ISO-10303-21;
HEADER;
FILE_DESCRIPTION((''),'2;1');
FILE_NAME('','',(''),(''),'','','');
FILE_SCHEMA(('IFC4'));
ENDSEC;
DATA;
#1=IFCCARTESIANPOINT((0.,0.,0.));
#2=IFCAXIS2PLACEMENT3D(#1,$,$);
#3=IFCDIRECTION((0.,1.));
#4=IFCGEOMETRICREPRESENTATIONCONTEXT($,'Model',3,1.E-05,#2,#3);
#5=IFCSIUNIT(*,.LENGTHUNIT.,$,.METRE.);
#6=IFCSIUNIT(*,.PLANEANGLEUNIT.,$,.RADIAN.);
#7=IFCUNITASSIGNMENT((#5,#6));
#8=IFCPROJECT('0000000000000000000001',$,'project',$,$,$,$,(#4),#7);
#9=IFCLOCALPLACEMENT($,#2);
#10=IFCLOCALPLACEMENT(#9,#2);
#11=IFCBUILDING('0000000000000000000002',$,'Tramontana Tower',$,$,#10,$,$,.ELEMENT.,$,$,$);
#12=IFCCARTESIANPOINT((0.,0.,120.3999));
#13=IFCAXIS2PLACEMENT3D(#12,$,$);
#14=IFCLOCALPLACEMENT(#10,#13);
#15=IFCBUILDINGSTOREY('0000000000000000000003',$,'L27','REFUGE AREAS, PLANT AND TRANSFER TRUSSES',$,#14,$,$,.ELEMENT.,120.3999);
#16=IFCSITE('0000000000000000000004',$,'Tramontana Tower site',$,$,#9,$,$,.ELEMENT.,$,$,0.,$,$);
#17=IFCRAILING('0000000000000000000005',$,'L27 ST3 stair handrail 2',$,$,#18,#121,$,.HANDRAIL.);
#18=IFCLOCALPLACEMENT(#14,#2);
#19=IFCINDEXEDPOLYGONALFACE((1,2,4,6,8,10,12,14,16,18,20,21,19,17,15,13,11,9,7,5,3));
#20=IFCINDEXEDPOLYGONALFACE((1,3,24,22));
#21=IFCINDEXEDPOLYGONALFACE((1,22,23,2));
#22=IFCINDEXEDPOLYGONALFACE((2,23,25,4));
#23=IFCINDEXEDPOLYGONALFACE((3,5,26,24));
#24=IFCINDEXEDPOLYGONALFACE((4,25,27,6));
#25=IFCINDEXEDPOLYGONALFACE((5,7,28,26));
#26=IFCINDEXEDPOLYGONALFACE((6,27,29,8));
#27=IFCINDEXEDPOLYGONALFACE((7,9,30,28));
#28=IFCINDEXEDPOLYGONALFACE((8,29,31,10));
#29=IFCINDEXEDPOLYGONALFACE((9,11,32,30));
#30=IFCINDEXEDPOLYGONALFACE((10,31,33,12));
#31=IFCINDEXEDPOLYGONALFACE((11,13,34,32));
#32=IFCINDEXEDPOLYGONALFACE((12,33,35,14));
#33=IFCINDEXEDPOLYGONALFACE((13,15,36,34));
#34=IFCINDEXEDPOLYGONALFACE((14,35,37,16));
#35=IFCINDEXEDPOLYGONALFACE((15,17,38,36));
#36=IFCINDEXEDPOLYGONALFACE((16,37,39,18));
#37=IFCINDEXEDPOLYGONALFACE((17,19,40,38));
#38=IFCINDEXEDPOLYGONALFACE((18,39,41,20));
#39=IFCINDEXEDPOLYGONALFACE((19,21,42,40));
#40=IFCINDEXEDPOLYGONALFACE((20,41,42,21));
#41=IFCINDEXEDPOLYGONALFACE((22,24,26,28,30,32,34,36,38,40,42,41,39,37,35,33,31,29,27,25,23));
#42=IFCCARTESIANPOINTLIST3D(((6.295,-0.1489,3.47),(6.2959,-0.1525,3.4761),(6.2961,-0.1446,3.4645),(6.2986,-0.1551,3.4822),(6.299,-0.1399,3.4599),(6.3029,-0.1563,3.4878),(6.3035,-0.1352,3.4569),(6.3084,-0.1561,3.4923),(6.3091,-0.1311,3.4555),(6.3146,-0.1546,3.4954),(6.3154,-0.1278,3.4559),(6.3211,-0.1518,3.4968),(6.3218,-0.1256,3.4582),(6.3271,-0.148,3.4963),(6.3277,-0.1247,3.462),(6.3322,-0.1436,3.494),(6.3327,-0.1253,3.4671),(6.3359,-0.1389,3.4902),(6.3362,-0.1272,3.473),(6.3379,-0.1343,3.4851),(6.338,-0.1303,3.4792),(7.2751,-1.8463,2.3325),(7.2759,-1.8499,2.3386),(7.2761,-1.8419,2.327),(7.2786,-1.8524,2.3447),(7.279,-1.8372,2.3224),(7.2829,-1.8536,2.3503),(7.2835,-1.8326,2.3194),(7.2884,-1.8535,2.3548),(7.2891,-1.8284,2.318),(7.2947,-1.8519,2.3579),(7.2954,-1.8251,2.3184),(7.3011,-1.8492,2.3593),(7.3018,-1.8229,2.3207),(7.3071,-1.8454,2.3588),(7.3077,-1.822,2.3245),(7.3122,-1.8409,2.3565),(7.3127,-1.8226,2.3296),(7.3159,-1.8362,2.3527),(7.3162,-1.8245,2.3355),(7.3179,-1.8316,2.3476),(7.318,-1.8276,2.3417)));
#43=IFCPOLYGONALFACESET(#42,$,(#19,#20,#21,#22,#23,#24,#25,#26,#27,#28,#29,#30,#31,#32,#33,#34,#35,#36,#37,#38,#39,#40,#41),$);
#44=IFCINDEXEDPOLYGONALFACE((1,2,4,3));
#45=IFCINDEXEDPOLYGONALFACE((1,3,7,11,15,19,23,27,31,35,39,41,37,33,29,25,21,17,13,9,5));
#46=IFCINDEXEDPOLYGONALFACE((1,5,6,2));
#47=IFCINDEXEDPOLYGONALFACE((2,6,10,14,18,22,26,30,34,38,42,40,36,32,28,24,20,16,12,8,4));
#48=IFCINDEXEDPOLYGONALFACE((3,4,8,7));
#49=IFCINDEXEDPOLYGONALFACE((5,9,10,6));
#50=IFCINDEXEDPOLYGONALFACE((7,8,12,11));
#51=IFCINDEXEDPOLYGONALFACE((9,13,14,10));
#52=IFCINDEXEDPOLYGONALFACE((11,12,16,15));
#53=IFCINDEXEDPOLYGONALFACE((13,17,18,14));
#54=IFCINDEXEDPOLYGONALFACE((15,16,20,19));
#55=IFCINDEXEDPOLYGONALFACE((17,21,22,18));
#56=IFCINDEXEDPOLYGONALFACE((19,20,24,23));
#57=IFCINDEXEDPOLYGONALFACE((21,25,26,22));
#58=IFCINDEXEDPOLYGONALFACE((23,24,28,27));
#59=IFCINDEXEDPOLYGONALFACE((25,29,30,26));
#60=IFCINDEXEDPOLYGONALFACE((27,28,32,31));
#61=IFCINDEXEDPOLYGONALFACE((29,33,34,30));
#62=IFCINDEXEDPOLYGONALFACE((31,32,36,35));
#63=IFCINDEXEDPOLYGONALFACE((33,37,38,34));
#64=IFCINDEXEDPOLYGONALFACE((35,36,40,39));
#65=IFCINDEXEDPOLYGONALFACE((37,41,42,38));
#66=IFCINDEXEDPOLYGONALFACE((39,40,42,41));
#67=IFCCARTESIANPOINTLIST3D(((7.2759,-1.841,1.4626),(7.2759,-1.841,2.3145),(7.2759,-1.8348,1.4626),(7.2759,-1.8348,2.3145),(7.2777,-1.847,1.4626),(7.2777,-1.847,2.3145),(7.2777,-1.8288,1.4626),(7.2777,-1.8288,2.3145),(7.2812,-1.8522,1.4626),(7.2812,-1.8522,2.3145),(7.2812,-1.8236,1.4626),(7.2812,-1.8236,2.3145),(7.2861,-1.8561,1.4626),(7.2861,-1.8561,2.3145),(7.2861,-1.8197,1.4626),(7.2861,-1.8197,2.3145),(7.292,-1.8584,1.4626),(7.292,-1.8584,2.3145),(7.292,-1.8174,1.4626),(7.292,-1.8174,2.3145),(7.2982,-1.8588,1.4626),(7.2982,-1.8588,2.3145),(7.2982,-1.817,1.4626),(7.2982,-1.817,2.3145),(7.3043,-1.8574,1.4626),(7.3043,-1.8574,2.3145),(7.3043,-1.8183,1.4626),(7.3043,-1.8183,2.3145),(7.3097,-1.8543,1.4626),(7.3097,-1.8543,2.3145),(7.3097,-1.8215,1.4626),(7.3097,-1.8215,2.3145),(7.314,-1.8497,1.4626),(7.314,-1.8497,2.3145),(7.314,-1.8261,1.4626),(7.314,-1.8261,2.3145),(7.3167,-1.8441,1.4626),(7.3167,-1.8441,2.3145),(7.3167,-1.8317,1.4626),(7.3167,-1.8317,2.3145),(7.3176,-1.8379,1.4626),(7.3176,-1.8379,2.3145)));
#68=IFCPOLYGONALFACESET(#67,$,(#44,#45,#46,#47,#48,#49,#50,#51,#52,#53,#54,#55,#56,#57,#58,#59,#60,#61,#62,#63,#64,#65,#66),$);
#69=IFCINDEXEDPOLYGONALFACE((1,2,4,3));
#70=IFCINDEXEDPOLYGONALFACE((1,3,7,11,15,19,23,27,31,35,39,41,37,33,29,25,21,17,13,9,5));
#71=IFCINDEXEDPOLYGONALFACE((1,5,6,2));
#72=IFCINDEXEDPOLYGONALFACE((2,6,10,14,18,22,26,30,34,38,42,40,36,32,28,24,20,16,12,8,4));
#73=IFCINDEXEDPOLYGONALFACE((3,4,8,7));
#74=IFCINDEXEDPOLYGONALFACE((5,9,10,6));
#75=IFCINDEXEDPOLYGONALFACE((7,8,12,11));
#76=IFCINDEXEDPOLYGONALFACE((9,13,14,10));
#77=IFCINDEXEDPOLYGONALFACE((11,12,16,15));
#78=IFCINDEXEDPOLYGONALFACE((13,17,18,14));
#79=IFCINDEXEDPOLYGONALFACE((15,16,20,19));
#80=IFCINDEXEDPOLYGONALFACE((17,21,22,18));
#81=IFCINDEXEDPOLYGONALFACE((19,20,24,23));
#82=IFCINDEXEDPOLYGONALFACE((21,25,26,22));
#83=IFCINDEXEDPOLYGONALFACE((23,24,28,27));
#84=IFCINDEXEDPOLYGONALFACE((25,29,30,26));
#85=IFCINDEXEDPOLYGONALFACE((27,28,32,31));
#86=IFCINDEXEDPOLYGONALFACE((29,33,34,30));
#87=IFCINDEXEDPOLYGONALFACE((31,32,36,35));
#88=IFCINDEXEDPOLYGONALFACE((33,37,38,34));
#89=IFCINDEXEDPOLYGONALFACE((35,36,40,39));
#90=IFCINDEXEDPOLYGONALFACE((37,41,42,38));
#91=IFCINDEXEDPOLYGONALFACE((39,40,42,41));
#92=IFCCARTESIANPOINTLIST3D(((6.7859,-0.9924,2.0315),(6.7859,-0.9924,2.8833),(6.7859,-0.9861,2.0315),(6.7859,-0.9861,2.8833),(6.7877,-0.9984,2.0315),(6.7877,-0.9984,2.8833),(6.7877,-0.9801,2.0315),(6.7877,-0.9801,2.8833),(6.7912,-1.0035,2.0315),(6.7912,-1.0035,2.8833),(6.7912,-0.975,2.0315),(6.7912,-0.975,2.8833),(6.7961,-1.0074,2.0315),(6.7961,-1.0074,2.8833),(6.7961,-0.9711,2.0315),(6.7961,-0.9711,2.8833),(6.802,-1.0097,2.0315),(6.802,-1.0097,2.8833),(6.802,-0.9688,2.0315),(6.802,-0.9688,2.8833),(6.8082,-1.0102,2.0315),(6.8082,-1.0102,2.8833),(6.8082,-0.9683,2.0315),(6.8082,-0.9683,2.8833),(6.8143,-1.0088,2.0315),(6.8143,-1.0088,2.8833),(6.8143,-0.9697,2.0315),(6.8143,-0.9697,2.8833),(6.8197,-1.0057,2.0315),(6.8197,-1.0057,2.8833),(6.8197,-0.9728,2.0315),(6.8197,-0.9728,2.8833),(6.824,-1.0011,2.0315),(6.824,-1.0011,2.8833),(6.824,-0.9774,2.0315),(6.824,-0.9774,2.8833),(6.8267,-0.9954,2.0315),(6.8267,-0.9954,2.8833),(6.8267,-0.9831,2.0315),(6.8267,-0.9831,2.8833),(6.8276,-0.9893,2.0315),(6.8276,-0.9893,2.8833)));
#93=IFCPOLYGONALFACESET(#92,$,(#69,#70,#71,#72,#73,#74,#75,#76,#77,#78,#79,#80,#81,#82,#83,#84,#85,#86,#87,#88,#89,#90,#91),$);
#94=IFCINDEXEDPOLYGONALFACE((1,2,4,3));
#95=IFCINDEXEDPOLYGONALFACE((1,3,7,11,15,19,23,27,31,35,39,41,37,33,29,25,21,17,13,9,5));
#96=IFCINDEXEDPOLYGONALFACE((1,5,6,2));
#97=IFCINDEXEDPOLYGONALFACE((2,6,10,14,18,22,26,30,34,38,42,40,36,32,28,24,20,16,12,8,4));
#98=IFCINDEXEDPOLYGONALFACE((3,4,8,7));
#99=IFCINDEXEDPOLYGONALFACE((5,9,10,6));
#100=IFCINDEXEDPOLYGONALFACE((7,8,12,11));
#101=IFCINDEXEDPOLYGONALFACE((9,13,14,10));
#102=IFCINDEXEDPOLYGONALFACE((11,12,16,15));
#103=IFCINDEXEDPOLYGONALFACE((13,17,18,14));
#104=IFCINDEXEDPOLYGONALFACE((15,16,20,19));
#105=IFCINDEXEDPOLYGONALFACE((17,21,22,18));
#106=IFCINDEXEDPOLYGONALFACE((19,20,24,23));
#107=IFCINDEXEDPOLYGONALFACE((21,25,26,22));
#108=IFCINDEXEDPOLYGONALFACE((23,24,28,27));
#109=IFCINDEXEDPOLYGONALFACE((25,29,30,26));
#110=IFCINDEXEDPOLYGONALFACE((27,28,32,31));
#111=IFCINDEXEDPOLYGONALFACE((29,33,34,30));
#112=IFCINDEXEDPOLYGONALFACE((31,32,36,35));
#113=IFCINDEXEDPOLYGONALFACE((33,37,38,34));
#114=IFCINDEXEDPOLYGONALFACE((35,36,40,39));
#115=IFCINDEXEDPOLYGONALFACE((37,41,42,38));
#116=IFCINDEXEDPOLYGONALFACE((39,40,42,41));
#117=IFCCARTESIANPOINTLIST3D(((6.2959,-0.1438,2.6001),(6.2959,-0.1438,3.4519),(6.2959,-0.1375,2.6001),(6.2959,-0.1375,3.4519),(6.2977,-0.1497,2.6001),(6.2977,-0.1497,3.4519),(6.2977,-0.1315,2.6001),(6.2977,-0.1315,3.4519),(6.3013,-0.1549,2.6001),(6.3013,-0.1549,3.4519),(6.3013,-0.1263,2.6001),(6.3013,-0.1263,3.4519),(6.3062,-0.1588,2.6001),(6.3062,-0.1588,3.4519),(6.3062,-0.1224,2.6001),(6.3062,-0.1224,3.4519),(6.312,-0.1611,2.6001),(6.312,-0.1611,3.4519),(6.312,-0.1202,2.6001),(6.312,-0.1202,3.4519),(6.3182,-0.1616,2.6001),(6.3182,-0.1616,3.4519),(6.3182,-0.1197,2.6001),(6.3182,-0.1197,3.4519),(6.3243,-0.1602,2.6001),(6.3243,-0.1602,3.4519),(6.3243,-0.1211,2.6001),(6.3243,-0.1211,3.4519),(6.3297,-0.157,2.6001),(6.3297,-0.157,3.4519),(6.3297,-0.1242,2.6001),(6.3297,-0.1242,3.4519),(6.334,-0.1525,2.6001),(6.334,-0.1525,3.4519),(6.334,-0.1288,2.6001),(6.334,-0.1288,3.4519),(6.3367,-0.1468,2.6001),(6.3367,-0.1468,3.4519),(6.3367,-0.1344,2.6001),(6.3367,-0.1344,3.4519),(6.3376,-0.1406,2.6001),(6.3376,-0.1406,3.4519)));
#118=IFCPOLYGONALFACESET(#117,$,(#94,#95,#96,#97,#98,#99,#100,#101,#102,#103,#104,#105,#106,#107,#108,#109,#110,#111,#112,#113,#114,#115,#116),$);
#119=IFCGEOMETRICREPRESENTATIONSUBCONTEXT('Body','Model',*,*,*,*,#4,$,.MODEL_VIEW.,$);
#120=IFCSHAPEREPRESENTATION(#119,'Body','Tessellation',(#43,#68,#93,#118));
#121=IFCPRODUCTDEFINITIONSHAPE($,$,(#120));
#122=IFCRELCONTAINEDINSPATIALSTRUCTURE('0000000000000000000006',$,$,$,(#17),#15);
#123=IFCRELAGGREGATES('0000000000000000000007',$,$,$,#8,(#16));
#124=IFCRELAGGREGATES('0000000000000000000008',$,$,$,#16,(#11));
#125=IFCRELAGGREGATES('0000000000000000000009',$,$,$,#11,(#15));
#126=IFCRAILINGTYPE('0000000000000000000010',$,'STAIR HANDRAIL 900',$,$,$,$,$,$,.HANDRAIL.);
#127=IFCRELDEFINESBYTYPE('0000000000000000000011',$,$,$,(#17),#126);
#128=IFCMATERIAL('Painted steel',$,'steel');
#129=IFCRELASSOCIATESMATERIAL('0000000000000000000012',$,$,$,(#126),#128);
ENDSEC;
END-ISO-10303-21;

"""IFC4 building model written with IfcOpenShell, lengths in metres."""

from ifc_helpers import new_model, si_unit, direction, frame, origin, origin_2d, place, context, subcontext, project, spatial, circle, extrude, material, type_object, element, save


model = new_model("IFC4")

# Units and contexts
model_context = context("Model", 3, precision=1e-05, world=origin(), true_north=direction((0.0, 1.0)))
body_context = subcontext(model_context, "Body", "Model", "MODEL_VIEW")
ifc_project = project(units=[si_unit("LENGTHUNIT", "METRE"), si_unit("PLANEANGLEUNIT", "RADIAN")], contexts=[model_context])

# Site, building, storey
site_placement = place(None, origin())
site = spatial("IfcSite", under=ifc_project, at=site_placement, Name="Tramontana Tower site", CompositionType="ELEMENT", RefElevation=0.0)
building_placement = place(site_placement, origin())
building = spatial("IfcBuilding", under=site, at=building_placement, Name="Tramontana Tower", CompositionType="ELEMENT")
storey_placement = place(building_placement, frame((0.0, 0.0, 120.3999)))
storey = spatial("IfcBuildingStorey", under=building, at=storey_placement, Name="L27", Description="REFUGE AREAS, PLANT AND TRANSFER TRUSSES", CompositionType="ELEMENT", Elevation=120.3999)

# Railing
ifc_material_1 = material(Name="Painted steel", Category="steel")
railing_type_1 = type_object("IfcRailingType", Name="STAIR HANDRAIL 900", PredefinedType="HANDRAIL", material=ifc_material_1)
railing_1_placement = place(storey_placement, frame((7.2966, -1.8379, 1.4626)))
element("IfcRailing", 1, at=railing_1_placement, inside=storey, type_object=railing_type_1, Name="L27 ST3 stair handrail 2", PredefinedType="HANDRAIL", context=body_context, shape_type="SweptSolid", body=[
    extrude(circle(Radius=0.0239, at=origin_2d()), frame((0.0, 0.0, 0.876), z_axis=(-0.432467, 0.749006, 0.501959), x_axis=(-0.866011, -0.500024, 0.0)), (0.0, 0.0, 1.0), 2.2661),
    extrude(circle(Radius=0.021, at=origin_2d()), origin(), (0.0, 0.0, 1.0), 0.8518),
    extrude(circle(Radius=0.021, at=origin_2d()), frame((-0.49, 0.8486, 0.5688)), (0.0, 0.0, 1.0), 0.8518),
    extrude(circle(Radius=0.021, at=origin_2d()), frame((-0.98, 1.6973, 1.1375)), (0.0, 0.0, 1.0), 0.8518),
])

save(model, "model.ifc")
